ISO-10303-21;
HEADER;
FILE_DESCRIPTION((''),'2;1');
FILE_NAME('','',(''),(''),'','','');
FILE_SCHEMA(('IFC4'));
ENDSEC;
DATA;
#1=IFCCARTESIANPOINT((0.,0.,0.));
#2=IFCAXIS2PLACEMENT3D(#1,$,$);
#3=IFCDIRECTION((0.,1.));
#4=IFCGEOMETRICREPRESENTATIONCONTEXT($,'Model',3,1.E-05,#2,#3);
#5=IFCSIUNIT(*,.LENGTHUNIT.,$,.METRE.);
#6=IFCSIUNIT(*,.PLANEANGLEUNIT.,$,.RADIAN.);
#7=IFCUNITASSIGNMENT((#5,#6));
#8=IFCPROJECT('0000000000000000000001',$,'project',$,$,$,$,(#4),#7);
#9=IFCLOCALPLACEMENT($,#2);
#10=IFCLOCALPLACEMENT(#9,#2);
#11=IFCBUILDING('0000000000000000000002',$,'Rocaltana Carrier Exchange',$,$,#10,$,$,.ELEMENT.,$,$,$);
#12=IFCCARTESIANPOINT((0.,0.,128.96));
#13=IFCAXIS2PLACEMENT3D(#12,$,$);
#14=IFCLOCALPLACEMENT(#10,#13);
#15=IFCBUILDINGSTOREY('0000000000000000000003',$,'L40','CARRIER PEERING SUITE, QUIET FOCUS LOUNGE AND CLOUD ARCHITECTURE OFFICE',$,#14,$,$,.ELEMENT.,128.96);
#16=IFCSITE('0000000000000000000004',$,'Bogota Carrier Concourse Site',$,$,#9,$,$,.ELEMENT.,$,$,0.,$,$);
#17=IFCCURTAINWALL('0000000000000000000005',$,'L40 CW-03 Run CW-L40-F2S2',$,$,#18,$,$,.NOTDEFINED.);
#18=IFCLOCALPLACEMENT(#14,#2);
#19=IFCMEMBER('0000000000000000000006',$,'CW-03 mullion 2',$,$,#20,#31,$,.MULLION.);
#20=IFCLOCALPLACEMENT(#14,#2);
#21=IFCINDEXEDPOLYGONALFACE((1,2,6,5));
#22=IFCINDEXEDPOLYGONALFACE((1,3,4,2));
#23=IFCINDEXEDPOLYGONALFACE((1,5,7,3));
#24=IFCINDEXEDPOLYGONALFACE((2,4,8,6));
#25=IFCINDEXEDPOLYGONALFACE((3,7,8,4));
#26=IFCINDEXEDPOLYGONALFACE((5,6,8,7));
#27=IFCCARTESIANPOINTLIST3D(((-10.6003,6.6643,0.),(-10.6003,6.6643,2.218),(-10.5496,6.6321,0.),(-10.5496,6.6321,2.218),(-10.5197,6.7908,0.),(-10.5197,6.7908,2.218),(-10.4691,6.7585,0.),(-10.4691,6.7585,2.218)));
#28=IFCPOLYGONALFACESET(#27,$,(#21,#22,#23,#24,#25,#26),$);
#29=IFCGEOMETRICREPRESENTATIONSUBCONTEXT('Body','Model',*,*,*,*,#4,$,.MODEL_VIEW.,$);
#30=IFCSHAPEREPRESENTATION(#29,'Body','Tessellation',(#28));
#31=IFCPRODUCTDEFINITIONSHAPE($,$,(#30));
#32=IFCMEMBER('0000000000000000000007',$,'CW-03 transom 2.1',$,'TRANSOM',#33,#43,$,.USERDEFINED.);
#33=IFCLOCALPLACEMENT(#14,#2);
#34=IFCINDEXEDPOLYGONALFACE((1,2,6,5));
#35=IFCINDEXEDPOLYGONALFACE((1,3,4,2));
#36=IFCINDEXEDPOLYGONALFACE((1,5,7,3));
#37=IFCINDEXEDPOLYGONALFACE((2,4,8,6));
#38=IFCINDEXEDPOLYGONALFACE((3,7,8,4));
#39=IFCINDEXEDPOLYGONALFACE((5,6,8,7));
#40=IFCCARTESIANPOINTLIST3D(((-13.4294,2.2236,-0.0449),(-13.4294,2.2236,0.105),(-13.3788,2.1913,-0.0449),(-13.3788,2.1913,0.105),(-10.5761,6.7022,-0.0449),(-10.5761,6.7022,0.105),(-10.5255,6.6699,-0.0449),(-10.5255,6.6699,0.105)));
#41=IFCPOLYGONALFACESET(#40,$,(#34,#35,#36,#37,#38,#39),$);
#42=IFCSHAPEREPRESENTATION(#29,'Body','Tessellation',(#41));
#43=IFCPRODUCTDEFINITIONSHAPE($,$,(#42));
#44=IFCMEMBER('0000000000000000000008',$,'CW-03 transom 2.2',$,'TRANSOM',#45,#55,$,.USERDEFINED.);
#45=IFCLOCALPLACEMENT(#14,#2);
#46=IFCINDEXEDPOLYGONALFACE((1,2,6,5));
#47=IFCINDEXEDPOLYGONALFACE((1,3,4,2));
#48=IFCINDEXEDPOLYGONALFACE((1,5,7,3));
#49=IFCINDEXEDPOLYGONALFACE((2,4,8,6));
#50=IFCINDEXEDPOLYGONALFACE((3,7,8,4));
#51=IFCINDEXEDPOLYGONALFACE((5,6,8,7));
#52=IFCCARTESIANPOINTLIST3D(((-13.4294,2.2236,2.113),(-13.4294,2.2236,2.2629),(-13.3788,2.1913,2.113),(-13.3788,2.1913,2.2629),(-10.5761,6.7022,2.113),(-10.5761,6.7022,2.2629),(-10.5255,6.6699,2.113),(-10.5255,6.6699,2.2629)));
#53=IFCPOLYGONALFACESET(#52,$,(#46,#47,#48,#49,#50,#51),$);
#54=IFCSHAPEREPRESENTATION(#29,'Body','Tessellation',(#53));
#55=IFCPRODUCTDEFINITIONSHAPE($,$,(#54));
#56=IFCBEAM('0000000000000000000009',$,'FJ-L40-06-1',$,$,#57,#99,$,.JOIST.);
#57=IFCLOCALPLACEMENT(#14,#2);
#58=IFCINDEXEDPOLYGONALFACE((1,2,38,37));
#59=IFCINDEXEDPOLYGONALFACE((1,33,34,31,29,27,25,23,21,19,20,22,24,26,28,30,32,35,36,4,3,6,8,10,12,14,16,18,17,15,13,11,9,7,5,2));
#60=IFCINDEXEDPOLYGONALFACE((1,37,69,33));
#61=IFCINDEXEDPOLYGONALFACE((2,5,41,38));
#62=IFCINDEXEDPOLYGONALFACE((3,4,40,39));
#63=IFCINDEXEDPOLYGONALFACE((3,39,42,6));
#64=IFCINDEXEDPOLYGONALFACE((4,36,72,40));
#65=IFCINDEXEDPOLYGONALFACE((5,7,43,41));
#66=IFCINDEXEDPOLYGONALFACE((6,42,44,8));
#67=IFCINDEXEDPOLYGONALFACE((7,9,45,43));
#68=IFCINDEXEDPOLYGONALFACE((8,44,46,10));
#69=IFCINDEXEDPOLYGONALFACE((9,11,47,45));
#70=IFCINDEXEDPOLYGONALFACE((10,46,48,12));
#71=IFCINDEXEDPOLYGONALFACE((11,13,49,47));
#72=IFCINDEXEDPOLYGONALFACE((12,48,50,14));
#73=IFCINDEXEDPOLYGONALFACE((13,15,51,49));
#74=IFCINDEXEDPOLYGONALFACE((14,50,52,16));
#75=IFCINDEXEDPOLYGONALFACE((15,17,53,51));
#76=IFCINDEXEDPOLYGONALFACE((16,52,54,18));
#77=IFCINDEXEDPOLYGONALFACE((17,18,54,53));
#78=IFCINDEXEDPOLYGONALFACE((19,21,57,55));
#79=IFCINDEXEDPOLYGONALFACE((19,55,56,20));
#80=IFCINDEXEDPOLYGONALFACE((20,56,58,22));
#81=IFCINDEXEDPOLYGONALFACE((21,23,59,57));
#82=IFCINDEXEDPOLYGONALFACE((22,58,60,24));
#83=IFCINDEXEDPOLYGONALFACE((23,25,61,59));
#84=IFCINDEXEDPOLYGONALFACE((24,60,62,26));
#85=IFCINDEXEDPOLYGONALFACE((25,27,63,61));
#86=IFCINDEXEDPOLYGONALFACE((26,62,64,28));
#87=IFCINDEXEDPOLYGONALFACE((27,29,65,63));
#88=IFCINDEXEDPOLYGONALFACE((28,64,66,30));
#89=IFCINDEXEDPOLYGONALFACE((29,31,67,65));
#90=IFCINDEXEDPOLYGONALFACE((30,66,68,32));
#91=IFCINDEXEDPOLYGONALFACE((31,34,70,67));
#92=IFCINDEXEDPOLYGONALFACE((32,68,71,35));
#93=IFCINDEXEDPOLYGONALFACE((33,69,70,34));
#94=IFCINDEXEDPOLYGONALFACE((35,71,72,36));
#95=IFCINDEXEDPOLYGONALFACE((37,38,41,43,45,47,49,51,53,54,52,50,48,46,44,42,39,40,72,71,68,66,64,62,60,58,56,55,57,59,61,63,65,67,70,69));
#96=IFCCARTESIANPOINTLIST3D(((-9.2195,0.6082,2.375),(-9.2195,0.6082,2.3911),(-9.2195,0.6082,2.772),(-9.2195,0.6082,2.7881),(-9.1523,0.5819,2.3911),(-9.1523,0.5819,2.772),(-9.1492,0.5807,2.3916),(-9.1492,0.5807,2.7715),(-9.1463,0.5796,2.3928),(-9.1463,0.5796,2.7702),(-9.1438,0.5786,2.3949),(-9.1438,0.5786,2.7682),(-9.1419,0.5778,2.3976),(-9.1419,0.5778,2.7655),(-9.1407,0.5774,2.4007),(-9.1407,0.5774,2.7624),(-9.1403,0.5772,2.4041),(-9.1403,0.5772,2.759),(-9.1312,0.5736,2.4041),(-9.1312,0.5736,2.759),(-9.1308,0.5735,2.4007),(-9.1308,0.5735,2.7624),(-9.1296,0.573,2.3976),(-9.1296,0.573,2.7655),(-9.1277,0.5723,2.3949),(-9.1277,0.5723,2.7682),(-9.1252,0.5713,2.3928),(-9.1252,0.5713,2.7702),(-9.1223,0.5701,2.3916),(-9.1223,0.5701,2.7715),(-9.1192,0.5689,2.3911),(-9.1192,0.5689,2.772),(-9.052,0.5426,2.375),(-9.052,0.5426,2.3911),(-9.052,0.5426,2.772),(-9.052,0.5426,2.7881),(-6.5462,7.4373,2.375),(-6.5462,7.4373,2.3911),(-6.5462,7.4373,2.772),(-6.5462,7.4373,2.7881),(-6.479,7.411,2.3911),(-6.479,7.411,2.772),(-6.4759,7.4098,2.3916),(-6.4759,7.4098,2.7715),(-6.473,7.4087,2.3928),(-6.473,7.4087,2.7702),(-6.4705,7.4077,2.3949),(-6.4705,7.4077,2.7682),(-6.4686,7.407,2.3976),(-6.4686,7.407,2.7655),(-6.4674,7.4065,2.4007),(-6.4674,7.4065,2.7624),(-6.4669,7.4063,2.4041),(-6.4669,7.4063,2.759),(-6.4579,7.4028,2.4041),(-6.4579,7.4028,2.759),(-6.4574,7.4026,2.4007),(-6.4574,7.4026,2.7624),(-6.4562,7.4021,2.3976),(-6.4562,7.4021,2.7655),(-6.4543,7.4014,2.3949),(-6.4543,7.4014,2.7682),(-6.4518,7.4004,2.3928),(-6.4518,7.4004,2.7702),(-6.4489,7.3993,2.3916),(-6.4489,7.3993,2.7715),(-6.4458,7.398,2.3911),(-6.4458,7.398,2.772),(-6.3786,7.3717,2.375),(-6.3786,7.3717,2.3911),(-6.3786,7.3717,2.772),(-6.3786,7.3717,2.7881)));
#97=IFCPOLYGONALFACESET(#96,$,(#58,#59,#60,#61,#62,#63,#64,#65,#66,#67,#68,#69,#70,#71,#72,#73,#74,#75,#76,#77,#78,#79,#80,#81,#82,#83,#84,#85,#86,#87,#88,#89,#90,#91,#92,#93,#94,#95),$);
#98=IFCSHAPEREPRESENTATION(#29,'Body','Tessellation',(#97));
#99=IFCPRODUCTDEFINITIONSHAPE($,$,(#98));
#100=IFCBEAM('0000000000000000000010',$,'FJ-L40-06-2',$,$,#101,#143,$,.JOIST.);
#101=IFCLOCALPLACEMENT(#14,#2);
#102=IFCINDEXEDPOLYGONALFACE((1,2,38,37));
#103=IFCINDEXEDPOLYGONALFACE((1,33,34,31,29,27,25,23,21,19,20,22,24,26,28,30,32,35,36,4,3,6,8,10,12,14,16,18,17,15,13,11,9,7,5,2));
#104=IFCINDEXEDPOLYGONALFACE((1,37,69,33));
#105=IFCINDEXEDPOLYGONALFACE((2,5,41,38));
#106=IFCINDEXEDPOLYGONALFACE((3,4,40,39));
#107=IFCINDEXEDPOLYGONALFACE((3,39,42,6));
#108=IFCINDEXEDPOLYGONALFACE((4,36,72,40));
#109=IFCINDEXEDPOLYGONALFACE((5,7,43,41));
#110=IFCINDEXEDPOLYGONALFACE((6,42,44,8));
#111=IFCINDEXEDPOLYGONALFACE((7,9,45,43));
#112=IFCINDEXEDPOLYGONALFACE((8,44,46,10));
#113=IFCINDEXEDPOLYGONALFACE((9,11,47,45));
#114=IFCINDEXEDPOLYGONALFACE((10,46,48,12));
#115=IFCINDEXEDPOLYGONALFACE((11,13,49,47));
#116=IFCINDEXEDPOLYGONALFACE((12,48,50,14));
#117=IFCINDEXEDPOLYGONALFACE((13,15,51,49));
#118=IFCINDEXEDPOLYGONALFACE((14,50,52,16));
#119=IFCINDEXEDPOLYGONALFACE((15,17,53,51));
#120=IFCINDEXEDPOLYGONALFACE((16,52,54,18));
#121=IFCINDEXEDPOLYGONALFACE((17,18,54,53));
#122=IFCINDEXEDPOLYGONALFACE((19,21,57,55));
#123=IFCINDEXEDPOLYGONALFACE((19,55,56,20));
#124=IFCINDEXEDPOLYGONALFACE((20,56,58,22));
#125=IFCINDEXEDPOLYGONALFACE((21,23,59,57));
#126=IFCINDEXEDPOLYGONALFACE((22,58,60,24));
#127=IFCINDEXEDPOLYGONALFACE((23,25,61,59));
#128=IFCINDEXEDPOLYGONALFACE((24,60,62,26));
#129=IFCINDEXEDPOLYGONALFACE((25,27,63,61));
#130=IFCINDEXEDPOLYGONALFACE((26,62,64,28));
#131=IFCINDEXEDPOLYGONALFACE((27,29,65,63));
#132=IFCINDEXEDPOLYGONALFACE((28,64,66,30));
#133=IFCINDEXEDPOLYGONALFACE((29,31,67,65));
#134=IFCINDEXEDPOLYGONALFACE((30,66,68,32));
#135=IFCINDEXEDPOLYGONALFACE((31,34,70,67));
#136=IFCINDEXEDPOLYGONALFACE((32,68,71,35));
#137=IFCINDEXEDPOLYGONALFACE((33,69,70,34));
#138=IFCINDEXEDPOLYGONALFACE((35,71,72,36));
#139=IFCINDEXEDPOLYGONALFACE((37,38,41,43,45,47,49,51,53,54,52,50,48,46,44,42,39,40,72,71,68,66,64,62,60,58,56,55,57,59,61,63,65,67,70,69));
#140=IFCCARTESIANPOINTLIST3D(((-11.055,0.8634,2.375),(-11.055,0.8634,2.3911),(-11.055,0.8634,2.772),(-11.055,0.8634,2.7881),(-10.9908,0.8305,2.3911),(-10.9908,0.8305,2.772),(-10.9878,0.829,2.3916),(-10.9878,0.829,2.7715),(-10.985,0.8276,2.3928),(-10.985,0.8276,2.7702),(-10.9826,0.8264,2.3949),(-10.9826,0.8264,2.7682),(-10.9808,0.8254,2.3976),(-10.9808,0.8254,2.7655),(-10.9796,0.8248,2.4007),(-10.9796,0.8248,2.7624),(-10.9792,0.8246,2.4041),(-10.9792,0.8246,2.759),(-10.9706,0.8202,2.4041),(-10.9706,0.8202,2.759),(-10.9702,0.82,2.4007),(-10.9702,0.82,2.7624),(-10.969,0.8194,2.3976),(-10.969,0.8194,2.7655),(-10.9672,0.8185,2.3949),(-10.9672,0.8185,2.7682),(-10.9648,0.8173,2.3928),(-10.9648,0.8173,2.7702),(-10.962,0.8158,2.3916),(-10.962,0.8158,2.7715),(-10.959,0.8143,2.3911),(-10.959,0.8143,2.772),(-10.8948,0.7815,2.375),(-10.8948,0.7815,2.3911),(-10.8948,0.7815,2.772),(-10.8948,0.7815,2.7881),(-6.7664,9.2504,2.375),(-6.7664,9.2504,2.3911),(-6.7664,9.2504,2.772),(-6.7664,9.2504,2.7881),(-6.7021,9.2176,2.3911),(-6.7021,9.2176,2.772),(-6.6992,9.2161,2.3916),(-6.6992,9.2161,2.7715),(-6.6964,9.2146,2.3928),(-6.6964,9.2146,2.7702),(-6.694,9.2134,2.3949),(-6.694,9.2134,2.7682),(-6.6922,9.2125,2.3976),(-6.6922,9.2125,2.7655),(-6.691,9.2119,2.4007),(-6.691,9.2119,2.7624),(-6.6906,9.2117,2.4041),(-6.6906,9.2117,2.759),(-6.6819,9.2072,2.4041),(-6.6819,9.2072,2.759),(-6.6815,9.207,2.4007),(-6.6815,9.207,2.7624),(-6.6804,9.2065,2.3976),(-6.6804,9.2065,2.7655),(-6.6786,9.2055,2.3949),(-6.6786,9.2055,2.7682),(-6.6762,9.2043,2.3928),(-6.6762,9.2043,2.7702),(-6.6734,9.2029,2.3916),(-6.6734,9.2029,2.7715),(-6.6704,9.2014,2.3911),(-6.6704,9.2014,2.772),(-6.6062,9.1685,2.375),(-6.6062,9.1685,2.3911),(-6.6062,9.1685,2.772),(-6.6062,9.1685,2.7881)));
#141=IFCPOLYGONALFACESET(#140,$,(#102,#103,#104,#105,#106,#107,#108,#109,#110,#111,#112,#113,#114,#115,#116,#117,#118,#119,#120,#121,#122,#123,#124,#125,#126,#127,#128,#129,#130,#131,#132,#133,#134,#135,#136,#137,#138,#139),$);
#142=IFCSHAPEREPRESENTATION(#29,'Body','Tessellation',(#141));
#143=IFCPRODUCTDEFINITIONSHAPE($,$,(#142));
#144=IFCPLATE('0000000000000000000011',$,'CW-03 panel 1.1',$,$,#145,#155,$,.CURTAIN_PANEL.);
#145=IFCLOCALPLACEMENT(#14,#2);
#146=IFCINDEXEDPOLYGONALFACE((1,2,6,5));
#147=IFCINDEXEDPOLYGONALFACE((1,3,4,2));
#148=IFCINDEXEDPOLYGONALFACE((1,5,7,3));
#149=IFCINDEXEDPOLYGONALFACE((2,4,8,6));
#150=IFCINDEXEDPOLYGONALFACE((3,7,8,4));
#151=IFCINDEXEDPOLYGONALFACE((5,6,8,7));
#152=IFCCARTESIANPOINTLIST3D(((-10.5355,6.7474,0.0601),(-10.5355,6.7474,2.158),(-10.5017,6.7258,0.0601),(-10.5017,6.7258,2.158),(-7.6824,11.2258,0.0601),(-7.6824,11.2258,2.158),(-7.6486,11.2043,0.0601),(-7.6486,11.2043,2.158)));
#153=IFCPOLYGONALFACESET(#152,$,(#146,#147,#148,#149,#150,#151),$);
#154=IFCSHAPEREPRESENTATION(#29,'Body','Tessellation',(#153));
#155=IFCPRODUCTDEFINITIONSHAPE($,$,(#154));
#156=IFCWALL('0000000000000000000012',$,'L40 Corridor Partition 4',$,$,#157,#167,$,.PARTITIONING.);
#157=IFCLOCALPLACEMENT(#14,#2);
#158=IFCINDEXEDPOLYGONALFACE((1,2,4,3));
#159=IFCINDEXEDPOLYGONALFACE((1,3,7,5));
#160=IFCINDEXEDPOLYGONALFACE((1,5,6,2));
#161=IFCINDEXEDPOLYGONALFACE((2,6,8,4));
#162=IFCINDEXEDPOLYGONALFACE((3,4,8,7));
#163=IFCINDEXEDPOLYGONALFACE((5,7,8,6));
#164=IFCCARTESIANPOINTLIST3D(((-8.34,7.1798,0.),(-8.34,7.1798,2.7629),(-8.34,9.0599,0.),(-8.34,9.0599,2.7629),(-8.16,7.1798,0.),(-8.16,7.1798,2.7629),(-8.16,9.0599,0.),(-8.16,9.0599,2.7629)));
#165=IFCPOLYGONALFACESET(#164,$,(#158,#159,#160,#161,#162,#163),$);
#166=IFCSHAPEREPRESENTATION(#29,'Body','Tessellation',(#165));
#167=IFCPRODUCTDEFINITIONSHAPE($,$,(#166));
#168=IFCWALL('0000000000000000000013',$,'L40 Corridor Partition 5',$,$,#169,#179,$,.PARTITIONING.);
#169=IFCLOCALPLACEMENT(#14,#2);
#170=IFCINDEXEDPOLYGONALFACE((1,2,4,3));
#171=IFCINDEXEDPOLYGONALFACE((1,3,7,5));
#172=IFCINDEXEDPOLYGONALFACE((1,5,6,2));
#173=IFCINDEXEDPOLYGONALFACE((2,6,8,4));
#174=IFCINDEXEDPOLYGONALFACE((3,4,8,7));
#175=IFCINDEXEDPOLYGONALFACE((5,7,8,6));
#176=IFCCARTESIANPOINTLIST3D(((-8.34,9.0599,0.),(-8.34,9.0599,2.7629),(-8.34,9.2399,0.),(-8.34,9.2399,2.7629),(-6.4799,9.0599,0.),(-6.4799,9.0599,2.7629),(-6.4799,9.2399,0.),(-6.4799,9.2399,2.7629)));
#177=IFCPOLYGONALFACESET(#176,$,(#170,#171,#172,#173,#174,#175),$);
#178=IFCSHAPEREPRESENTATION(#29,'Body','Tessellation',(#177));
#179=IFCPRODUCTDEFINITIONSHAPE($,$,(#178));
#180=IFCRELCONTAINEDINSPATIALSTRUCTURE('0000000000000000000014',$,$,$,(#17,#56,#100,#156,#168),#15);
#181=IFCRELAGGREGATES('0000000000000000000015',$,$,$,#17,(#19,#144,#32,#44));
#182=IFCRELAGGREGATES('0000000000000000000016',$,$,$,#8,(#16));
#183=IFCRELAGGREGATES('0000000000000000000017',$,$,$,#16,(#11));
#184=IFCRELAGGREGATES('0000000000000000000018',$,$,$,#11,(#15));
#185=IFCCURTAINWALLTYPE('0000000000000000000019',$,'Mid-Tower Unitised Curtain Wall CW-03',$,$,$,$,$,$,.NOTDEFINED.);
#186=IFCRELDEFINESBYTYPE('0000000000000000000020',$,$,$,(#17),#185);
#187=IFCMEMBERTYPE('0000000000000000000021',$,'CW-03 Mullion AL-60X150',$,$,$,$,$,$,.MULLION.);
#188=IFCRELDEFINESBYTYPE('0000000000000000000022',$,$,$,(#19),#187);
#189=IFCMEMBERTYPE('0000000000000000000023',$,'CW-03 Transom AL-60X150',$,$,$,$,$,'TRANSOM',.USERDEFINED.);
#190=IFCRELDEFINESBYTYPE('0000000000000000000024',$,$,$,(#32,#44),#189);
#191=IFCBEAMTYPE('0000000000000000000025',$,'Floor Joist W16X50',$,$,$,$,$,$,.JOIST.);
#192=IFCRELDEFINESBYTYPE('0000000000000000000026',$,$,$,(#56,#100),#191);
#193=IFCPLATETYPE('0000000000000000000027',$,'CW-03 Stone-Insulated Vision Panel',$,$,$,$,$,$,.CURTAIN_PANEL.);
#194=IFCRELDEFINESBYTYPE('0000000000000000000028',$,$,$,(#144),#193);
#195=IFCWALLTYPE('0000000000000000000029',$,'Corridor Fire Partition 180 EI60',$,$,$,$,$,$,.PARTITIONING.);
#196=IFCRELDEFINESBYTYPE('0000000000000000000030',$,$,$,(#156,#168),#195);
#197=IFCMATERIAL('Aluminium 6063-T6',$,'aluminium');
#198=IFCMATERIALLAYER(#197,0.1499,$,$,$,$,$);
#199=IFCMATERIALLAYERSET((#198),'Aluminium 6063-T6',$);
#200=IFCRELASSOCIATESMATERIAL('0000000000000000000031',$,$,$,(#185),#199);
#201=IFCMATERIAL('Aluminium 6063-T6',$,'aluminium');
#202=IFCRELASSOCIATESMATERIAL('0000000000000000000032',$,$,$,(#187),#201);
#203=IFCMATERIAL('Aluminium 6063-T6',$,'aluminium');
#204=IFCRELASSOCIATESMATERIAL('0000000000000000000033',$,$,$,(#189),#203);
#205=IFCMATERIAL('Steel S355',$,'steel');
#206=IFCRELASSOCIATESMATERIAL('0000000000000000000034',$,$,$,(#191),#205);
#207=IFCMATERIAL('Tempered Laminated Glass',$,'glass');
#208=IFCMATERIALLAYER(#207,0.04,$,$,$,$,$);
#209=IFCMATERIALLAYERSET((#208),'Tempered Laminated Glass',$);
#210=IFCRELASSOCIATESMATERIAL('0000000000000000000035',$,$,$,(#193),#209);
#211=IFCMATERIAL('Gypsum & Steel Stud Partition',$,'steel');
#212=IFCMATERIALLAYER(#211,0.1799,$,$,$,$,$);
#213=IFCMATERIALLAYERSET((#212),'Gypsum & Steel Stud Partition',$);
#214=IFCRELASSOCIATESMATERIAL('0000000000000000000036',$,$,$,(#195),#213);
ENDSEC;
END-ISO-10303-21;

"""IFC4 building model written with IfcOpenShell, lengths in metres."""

from ifc_helpers import new_model, si_unit, direction, frame, frame_2d, origin, origin_2d, place, context, subcontext, project, spatial, rectangle, i_section, extrude, material, layer, layer_set, material_profile, profile_set, type_object, element, aggregate, save


model = new_model("IFC4")

# Units and contexts
model_context = context("Model", 3, precision=1e-05, world=origin(), true_north=direction((0.0, 1.0)))
body_context = subcontext(model_context, "Body", "Model", "MODEL_VIEW")
ifc_project = project(units=[si_unit("LENGTHUNIT", "METRE"), si_unit("PLANEANGLEUNIT", "RADIAN")], contexts=[model_context])

# Site, building, storey
site_placement = place(None, origin())
site = spatial("IfcSite", under=ifc_project, at=site_placement, Name="Bogota Carrier Concourse Site", CompositionType="ELEMENT", RefElevation=0.0)
building_placement = place(site_placement, origin())
building = spatial("IfcBuilding", under=site, at=building_placement, Name="Rocaltana Carrier Exchange", CompositionType="ELEMENT")
storey_placement = place(building_placement, frame((0.0, 0.0, 128.96)))
storey = spatial("IfcBuildingStorey", under=building, at=storey_placement, Name="L40", Description="CARRIER PEERING SUITE, QUIET FOCUS LOUNGE AND CLOUD ARCHITECTURE OFFICE", CompositionType="ELEMENT", Elevation=128.96)

# Curtain wall, members
ifc_material_1 = material(Name="Aluminium 6063-T6", Category="aluminium")
ifc_layer_1 = layer(ifc_material_1, 0.1499)
ifc_layer_set_1 = layer_set([ifc_layer_1], Name="Aluminium 6063-T6")
curtain_wall_type = type_object("IfcCurtainWallType", Name="Mid-Tower Unitised Curtain Wall CW-03", PredefinedType="NOTDEFINED", material=ifc_layer_set_1)
curtain_wall_placement = place(storey_placement, origin())
curtain_wall = element("IfcCurtainWall", 1, at=curtain_wall_placement, inside=storey, type_object=curtain_wall_type, Name="L40 CW-03 Run CW-L40-F2S2", PredefinedType="NOTDEFINED")
ifc_material_2 = material(Name="Aluminium 6063-T6", Category="aluminium")
ifc_material_profile_1 = material_profile(ifc_material_2, rectangle(XDim=0.0601, YDim=0.1499, at=origin_2d()), Name="AL-60X150")
ifc_profile_set_1 = profile_set([ifc_material_profile_1], Name="Aluminium 6063-T6")
member_type_1 = type_object("IfcMemberType", Name="CW-03 Mullion AL-60X150", PredefinedType="MULLION", material=ifc_profile_set_1)
member_1_placement = place(storey_placement, frame((-10.5347, 6.7114, 0.0), z_axis=(0.0, 0.0, 1.0), x_axis=(0.843391, -0.537301, 0.0)))
member_1 = element("IfcMember", 2, at=member_1_placement, type_object=member_type_1, Name="CW-03 mullion 2", PredefinedType="MULLION", context=body_context, shape_type="SweptSolid", body=[
    extrude(rectangle(XDim=0.0601, YDim=0.1499, at=origin_2d()), origin(), (0.0, 0.0, 1.0), 2.218),
])
ifc_material_3 = material(Name="Aluminium 6063-T6", Category="aluminium")
ifc_material_profile_2 = material_profile(ifc_material_3, rectangle(XDim=0.0601, YDim=0.1499, at=origin_2d()), Name="AL-60X150")
ifc_profile_set_2 = profile_set([ifc_material_profile_2], Name="Aluminium 6063-T6")
member_type_2 = type_object("IfcMemberType", Name="CW-03 Transom AL-60X150", ElementType="TRANSOM", PredefinedType="USERDEFINED", material=ifc_profile_set_2)
member_2_placement = place(storey_placement, frame((-10.5508, 6.686, 0.03), z_axis=(-0.537319, -0.843379, 0.0), x_axis=(0.843379, -0.537319, 0.0)))
member_2 = element("IfcMember", 3, at=member_2_placement, type_object=member_type_2, Name="CW-03 transom 2.1", ObjectType="TRANSOM", PredefinedType="USERDEFINED", context=body_context, shape_type="SweptSolid", body=[
    extrude(rectangle(XDim=0.0601, YDim=0.1499, at=origin_2d()), origin(), (0.0, 0.0, 1.0), 5.3103),
])
member_3_placement = place(storey_placement, frame((-10.5508, 6.686, 2.188), z_axis=(-0.537319, -0.843379, 0.0), x_axis=(0.843379, -0.537319, 0.0)))
member_3 = element("IfcMember", 4, at=member_3_placement, type_object=member_type_2, Name="CW-03 transom 2.2", ObjectType="TRANSOM", PredefinedType="USERDEFINED", context=body_context, shape_type="SweptSolid", body=[
    extrude(rectangle(XDim=0.0601, YDim=0.1499, at=origin_2d()), origin(), (0.0, 0.0, 1.0), 5.3103),
])

# Beams
ifc_material_4 = material(Name="Steel S355", Category="steel")
ifc_material_profile_3 = material_profile(ifc_material_4, i_section(OverallWidth=0.1799, OverallDepth=0.4131, WebThickness=0.0098, FlangeThickness=0.0161, FilletRadius=0.0129, at=origin_2d()), Name="W16X50")
ifc_profile_set_3 = profile_set([ifc_material_profile_3], Name="Steel S355")
beam_type = type_object("IfcBeamType", Name="Floor Joist W16X50", PredefinedType="JOIST", material=ifc_profile_set_3)
beam_1_placement = place(storey_placement, frame((-6.4624, 7.4045, 2.5815), z_axis=(-0.364527, -0.931193, 0.0), x_axis=(0.931193, -0.364527, 0.0)))
element("IfcBeam", 5, at=beam_1_placement, inside=storey, type_object=beam_type, Name="FJ-L40-06-1", PredefinedType="JOIST", context=body_context, shape_type="SweptSolid", body=[
    extrude(i_section(OverallWidth=0.1799, OverallDepth=0.4131, WebThickness=0.0098, FlangeThickness=0.0161, FilletRadius=0.0129, at=origin_2d()), origin(), (0.0, 0.0, 1.0), 7.3337),
])
beam_2_placement = place(storey_placement, frame((-6.6863, 9.2095, 2.5815), z_axis=(-0.455271, -0.890353, 0.0), x_axis=(0.890353, -0.455271, 0.0)))
element("IfcBeam", 6, at=beam_2_placement, inside=storey, type_object=beam_type, Name="FJ-L40-06-2", PredefinedType="JOIST", context=body_context, shape_type="SweptSolid", body=[
    extrude(i_section(OverallWidth=0.1799, OverallDepth=0.4131, WebThickness=0.0098, FlangeThickness=0.0161, FilletRadius=0.0129, at=origin_2d()), origin(), (0.0, 0.0, 1.0), 9.4199),
])

# Plate
ifc_material_5 = material(Name="Tempered Laminated Glass", Category="glass")
ifc_layer_2 = layer(ifc_material_5, 0.04)
ifc_layer_set_2 = layer_set([ifc_layer_2], Name="Tempered Laminated Glass")
plate_type = type_object("IfcPlateType", Name="CW-03 Stone-Insulated Vision Panel", PredefinedType="CURTAIN_PANEL", material=ifc_layer_set_2)
plate_placement = place(storey_placement, frame((-9.092, 8.9758, 0.0601), z_axis=(0.0, 0.0, 1.0), x_axis=(-0.537301, -0.843391, 0.0)))
plate = element("IfcPlate", 7, at=plate_placement, type_object=plate_type, Name="CW-03 panel 1.1", PredefinedType="CURTAIN_PANEL", context=body_context, shape_type="SweptSolid", body=[
    extrude(rectangle(XDim=5.3101, YDim=0.04, at=origin_2d()), origin(), (0.0, 0.0, 1.0), 2.0979),
])
aggregate(curtain_wall, [member_1, plate, member_2, member_3])

# Walls
ifc_material_6 = material(Name="Gypsum & Steel Stud Partition", Category="steel")
ifc_layer_3 = layer(ifc_material_6, 0.1799)
ifc_layer_set_3 = layer_set([ifc_layer_3], Name="Gypsum & Steel Stud Partition")
wall_type_1 = type_object("IfcWallType", Name="Corridor Fire Partition 180 EI60", PredefinedType="PARTITIONING", material=ifc_layer_set_3)
wall_1_placement = place(storey_placement, frame((-8.25, 7.1799, 0.0), z_axis=(0.0, 0.0, 1.0), x_axis=(0.0, 1.0, 0.0)))
element("IfcWall", 8, at=wall_1_placement, inside=storey, type_object=wall_type_1, Name="L40 Corridor Partition 4", PredefinedType="PARTITIONING", context=body_context, shape_type="SweptSolid", body=[
    extrude(rectangle(XDim=1.8801, YDim=0.1799, at=frame_2d((0.9399, 0.0))), origin(), (0.0, 0.0, 1.0), 2.7629),
])
wall_2_placement = place(storey_placement, frame((-8.3401, 9.1499, 0.0), z_axis=(0.0, 0.0, 1.0), x_axis=(1.0, 0.0, 0.0)))
element("IfcWall", 9, at=wall_2_placement, inside=storey, type_object=wall_type_1, Name="L40 Corridor Partition 5", PredefinedType="PARTITIONING", context=body_context, shape_type="SweptSolid", body=[
    extrude(rectangle(XDim=1.8601, YDim=0.1799, at=frame_2d((0.9302, 0.0))), origin(), (0.0, 0.0, 1.0), 2.7629),
])

save(model, "model.ifc")
